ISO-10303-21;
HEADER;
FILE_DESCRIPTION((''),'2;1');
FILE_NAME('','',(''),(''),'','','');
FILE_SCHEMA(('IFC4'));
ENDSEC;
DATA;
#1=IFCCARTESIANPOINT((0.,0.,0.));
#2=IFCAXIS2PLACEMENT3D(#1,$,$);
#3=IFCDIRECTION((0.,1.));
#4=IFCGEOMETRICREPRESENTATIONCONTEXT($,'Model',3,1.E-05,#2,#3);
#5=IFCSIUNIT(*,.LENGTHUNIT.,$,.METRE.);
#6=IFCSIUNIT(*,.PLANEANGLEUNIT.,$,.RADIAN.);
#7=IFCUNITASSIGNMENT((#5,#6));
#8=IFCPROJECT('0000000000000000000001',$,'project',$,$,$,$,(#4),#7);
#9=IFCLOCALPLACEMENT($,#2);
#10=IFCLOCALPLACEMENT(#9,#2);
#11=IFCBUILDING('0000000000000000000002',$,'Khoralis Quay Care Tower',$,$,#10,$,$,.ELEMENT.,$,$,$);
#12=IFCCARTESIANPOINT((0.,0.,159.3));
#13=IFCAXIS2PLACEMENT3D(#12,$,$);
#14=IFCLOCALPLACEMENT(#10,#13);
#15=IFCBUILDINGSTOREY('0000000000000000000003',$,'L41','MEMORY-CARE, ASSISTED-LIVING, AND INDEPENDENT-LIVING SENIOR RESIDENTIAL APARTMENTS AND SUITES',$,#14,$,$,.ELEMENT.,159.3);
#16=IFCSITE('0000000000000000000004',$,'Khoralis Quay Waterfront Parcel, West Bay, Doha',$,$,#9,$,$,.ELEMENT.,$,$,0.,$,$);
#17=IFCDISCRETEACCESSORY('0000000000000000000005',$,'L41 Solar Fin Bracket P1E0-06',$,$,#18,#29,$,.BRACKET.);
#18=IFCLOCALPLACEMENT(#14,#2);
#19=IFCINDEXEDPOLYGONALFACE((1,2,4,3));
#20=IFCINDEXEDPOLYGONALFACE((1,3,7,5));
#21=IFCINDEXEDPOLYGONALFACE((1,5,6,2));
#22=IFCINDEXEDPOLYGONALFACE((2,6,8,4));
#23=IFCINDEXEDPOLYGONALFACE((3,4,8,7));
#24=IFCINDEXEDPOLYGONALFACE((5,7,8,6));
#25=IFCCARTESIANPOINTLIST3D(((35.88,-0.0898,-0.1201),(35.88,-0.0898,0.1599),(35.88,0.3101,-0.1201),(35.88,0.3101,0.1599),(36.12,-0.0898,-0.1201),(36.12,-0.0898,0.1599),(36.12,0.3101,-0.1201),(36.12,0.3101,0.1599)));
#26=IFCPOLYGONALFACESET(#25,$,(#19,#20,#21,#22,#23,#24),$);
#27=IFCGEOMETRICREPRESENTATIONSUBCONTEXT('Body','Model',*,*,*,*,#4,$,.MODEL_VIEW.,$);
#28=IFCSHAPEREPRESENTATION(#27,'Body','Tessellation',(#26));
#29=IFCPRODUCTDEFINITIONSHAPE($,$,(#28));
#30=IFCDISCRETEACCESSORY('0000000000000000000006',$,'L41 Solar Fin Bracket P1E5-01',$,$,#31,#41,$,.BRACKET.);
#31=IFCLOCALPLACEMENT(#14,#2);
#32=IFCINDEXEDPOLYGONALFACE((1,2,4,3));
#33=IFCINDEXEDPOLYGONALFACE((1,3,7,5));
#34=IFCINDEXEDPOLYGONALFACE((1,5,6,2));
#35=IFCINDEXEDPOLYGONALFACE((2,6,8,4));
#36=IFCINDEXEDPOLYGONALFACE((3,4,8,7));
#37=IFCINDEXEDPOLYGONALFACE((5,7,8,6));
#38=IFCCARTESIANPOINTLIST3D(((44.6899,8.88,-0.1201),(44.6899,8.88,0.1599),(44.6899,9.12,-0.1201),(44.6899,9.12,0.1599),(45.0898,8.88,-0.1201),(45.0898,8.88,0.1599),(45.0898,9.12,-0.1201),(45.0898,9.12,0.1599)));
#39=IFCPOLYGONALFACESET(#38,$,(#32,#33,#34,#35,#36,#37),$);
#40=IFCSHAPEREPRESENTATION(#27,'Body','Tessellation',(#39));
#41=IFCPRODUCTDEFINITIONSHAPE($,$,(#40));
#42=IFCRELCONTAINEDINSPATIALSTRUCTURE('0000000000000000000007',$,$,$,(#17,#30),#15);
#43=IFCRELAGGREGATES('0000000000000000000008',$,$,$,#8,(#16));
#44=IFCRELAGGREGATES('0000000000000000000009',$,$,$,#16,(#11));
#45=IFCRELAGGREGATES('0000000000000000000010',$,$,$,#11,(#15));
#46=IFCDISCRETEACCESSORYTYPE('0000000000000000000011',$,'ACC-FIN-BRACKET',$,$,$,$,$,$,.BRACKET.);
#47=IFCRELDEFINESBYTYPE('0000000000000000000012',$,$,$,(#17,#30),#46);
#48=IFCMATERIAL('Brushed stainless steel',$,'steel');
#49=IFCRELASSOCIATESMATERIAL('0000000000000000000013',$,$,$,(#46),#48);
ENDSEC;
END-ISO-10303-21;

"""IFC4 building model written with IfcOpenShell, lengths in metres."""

from ifc_helpers import new_model, si_unit, direction, frame, origin, origin_2d, place, context, subcontext, project, spatial, rectangle, extrude, source, transform, mapped, material, type_object, element, save


model = new_model("IFC4")

# Units and contexts
model_context = context("Model", 3, precision=1e-05, world=origin(), true_north=direction((0.0, 1.0)))
body_context = subcontext(model_context, "Body", "Model", "MODEL_VIEW")
ifc_project = project(units=[si_unit("LENGTHUNIT", "METRE"), si_unit("PLANEANGLEUNIT", "RADIAN")], contexts=[model_context])

# Site, building, storey
site_placement = place(None, origin())
site = spatial("IfcSite", under=ifc_project, at=site_placement, Name="Khoralis Quay Waterfront Parcel, West Bay, Doha", CompositionType="ELEMENT", RefElevation=0.0)
building_placement = place(site_placement, origin())
building = spatial("IfcBuilding", under=site, at=building_placement, Name="Khoralis Quay Care Tower", CompositionType="ELEMENT")
storey_placement = place(building_placement, frame((0.0, 0.0, 159.3)))
storey = spatial("IfcBuildingStorey", under=building, at=storey_placement, Name="L41", Description="MEMORY-CARE, ASSISTED-LIVING, AND INDEPENDENT-LIVING SENIOR RESIDENTIAL APARTMENTS AND SUITES", CompositionType="ELEMENT", Elevation=159.3)

# Discrete accessories
ifc_material_1 = material(Name="Brushed stainless steel", Category="steel")
discrete_accessory_type = type_object("IfcDiscreteAccessoryType", Name="ACC-FIN-BRACKET", PredefinedType="BRACKET", material=ifc_material_1)
shared_shape_1 = source(origin(), body_context, "Body", "SweptSolid", [
    extrude(rectangle(XDim=0.3999, YDim=0.24, at=origin_2d()), origin(), (0.0, 0.0, 1.0), 0.28),
])
for number, where, z_axis, x_axis, name in (
    (1, (36.0, 0.1101, -0.1201), (0.0, 0.0, 1.0), (0.0, -1.0, 0.0), "L41 Solar Fin Bracket P1E0-06"),
    (2, (44.8899, 9.0, -0.1201), (0.0, 0.0, 1.0), (1.0, 0.0, 0.0), "L41 Solar Fin Bracket P1E5-01"),
):
    element("IfcDiscreteAccessory", number, at=place(storey_placement, frame(where, z_axis=z_axis, x_axis=x_axis)), inside=storey, type_object=discrete_accessory_type, Name=name, PredefinedType="BRACKET", context=body_context, shape_type="MappedRepresentation", body=[
        mapped(shared_shape_1, transform((0.0, 0.0, 0.0), scale=1.0)),
    ])

save(model, "model.ifc")
